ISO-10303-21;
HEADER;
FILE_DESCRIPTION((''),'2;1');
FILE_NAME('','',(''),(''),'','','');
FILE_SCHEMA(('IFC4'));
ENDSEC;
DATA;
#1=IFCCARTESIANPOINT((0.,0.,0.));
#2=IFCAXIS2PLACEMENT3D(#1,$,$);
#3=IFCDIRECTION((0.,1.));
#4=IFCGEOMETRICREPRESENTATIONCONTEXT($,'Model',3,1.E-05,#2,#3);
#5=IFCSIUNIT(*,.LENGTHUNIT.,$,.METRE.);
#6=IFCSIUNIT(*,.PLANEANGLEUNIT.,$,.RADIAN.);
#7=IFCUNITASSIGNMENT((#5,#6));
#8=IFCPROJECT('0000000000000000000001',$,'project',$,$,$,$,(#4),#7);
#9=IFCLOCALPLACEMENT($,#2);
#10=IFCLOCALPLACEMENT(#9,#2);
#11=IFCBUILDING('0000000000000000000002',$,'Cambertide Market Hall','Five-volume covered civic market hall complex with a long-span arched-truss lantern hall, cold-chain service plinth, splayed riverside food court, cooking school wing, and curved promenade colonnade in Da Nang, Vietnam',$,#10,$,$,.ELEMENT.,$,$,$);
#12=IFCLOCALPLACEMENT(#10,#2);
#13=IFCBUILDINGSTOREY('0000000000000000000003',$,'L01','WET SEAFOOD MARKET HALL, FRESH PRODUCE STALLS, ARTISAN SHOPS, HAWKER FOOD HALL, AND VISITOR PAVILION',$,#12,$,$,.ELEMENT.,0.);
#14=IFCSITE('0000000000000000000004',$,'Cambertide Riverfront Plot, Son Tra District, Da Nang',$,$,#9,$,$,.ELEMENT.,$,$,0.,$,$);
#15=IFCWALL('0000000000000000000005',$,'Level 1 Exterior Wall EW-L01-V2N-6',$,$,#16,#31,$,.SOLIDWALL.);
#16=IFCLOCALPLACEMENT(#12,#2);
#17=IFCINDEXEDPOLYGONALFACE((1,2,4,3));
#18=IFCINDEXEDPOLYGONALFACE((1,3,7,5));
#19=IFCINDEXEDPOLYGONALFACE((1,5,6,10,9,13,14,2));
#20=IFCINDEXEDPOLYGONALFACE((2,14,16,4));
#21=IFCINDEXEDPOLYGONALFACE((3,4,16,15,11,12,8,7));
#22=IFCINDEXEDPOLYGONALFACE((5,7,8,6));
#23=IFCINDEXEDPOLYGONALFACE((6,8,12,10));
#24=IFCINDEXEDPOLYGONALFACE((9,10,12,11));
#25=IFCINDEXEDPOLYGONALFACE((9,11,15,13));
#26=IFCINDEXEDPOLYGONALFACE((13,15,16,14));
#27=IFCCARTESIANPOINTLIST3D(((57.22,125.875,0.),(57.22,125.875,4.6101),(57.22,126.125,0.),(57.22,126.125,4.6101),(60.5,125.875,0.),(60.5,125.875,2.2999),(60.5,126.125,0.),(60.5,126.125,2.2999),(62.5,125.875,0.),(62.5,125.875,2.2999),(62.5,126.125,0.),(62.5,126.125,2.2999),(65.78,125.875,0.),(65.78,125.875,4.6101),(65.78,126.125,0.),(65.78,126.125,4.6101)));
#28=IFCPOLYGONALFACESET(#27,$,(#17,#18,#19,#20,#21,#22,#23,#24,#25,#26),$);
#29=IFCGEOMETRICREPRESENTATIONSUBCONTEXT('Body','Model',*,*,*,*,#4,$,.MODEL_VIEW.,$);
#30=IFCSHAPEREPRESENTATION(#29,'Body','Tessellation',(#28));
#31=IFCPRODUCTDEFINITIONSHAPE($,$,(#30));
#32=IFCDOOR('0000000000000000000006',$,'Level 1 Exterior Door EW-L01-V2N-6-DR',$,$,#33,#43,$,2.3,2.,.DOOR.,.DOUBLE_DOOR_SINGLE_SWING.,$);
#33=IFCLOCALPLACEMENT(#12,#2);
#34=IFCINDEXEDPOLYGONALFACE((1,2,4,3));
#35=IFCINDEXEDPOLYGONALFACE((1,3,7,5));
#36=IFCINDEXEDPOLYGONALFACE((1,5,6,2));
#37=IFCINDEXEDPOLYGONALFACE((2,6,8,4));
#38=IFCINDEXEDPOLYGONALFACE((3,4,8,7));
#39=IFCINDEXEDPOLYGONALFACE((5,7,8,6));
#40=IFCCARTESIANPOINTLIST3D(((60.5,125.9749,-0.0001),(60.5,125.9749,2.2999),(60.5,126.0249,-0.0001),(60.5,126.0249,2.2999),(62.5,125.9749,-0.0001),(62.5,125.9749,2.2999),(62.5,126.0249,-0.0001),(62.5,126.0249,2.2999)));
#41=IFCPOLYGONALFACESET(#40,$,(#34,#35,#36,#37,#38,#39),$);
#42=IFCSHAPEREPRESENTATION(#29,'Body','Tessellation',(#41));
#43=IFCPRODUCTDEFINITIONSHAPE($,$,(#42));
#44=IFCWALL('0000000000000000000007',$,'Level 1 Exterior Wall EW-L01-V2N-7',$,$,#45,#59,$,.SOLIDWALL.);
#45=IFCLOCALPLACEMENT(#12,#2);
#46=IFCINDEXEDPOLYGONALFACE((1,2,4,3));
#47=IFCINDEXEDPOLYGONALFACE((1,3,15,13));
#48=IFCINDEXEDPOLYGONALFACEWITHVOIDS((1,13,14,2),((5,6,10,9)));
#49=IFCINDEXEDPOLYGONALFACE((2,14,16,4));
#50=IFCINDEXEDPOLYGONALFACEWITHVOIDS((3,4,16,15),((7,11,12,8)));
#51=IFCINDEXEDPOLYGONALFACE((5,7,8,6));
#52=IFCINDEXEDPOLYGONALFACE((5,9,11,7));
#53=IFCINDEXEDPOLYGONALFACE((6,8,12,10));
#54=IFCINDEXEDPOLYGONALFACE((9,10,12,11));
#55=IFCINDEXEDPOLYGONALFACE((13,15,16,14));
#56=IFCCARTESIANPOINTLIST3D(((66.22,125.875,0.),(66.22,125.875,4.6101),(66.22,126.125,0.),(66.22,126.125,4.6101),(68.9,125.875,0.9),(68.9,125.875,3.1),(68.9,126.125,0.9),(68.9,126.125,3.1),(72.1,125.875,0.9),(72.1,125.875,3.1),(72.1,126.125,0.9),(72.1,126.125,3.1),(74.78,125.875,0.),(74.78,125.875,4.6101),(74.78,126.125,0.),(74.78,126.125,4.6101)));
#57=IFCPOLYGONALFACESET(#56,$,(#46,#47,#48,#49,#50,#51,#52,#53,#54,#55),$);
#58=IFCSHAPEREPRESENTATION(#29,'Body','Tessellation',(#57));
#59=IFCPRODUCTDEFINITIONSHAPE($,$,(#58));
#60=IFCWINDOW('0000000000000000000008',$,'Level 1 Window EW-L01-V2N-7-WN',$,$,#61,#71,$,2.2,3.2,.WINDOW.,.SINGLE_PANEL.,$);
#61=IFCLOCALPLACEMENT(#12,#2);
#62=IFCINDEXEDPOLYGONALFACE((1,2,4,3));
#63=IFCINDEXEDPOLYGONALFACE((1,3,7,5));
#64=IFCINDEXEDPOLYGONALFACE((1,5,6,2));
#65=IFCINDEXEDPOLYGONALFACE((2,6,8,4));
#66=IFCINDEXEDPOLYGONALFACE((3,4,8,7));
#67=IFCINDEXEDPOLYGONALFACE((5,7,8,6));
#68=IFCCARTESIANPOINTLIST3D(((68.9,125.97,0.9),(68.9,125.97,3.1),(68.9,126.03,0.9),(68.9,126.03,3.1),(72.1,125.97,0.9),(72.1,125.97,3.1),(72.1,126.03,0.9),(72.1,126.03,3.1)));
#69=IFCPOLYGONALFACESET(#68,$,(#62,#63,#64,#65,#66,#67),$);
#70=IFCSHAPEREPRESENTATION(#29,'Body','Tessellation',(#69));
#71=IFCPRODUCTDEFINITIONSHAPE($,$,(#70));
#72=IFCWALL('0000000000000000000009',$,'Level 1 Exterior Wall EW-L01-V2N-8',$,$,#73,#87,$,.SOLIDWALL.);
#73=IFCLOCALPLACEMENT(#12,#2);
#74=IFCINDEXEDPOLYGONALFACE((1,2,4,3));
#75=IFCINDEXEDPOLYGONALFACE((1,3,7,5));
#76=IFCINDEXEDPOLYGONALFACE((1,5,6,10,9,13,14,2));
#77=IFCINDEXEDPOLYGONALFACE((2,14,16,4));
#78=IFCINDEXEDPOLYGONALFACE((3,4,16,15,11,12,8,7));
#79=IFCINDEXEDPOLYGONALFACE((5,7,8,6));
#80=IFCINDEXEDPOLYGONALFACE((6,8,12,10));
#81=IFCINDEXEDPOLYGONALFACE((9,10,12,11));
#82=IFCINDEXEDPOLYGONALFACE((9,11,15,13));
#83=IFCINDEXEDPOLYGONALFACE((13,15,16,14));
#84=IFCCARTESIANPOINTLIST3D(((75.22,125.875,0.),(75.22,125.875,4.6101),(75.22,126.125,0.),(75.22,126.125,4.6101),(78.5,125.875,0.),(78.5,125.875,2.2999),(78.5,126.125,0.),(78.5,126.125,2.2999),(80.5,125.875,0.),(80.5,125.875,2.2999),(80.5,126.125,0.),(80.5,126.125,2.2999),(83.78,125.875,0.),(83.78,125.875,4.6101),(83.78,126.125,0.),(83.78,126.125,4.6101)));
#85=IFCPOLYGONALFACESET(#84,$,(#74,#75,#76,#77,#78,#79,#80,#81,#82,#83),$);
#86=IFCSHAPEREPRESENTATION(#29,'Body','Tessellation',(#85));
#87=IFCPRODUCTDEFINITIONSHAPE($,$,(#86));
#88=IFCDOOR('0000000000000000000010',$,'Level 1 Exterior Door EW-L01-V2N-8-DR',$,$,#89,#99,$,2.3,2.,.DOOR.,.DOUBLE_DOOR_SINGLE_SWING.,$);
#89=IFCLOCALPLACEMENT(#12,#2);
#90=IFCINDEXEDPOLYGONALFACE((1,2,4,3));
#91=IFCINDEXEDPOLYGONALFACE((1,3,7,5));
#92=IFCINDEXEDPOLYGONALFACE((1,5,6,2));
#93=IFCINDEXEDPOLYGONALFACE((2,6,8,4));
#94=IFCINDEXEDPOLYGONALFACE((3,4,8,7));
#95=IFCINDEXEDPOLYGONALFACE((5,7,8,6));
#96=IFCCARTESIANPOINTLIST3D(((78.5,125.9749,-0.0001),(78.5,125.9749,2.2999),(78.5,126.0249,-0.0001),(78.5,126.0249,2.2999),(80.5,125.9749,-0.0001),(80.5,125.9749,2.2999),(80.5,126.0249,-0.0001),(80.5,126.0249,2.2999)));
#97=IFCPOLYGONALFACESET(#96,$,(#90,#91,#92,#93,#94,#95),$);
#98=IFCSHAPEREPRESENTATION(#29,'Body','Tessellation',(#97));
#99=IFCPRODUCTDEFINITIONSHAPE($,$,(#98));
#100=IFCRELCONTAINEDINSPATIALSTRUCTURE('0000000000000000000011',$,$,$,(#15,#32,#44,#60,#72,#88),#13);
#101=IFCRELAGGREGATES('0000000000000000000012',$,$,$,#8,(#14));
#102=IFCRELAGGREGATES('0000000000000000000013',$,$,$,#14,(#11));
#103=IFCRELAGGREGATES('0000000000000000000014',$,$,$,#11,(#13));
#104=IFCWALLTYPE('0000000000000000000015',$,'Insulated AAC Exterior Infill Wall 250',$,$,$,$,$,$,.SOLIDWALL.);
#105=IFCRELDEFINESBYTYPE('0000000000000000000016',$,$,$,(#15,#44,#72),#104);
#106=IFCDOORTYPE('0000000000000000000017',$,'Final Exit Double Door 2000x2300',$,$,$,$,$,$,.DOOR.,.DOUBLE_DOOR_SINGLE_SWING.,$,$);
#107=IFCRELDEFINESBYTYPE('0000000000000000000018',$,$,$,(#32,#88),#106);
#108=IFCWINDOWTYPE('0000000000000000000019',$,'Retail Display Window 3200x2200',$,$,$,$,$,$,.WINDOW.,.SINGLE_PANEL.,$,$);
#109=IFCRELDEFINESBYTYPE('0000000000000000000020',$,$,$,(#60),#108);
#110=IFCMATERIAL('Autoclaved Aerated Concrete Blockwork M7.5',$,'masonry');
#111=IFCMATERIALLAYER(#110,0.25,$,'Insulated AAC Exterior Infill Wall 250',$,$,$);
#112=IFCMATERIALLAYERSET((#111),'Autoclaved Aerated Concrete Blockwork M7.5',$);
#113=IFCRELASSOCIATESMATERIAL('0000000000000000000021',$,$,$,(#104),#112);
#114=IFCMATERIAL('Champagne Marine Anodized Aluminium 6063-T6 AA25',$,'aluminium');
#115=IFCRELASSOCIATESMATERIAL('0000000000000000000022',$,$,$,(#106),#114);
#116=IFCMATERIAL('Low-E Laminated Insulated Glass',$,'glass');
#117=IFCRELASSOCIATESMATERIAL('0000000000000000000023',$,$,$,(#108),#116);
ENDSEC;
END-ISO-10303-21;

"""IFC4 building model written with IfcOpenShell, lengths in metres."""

from ifc_helpers import new_model, si_unit, direction, frame, frame_2d, origin, place, context, subcontext, project, spatial, rectangle, extrude, material, layer, layer_set, type_object, element, fill, save


model = new_model("IFC4")

# Units and contexts
model_context = context("Model", 3, precision=1e-05, world=origin(), true_north=direction((0.0, 1.0)))
body_context = subcontext(model_context, "Body", "Model", "MODEL_VIEW")
ifc_project = project(units=[si_unit("LENGTHUNIT", "METRE"), si_unit("PLANEANGLEUNIT", "RADIAN")], contexts=[model_context])

# Site, building, storey
site_placement = place(None, origin())
site = spatial("IfcSite", under=ifc_project, at=site_placement, Name="Cambertide Riverfront Plot, Son Tra District, Da Nang", CompositionType="ELEMENT", RefElevation=0.0)
building_placement = place(site_placement, origin())
building = spatial("IfcBuilding", under=site, at=building_placement, Name="Cambertide Market Hall", Description="Five-volume covered civic market hall complex with a long-span arched-truss lantern hall, cold-chain service plinth, splayed riverside food court, cooking school wing, and curved promenade colonnade in Da Nang, Vietnam", CompositionType="ELEMENT")
storey_placement = place(building_placement, origin())
storey = spatial("IfcBuildingStorey", under=building, at=storey_placement, Name="L01", Description="WET SEAFOOD MARKET HALL, FRESH PRODUCE STALLS, ARTISAN SHOPS, HAWKER FOOD HALL, AND VISITOR PAVILION", CompositionType="ELEMENT", Elevation=0.0)

# Wall, opening, door
ifc_material_1 = material(Name="Autoclaved Aerated Concrete Blockwork M7.5", Category="masonry")
ifc_layer = layer(ifc_material_1, 0.25, Name="Insulated AAC Exterior Infill Wall 250")
ifc_layer_set = layer_set([ifc_layer], Name="Autoclaved Aerated Concrete Blockwork M7.5")
wall_type = type_object("IfcWallType", Name="Insulated AAC Exterior Infill Wall 250", PredefinedType="SOLIDWALL", material=ifc_layer_set)
wall_1_placement = place(storey_placement, frame((57.22, 126.0, 0.0), z_axis=(0.0, 0.0, 1.0), x_axis=(1.0, 0.0, 0.0)))
wall_1 = element("IfcWall", 1, at=wall_1_placement, inside=storey, type_object=wall_type, Name="Level 1 Exterior Wall EW-L01-V2N-6", PredefinedType="SOLIDWALL", context=body_context, shape_type="SweptSolid", body=[
    extrude(rectangle(XDim=8.5601, YDim=0.25, at=frame_2d((4.28, 0.0))), origin(), (0.0, 0.0, 1.0), 4.6101),
])
opening_1_placement = place(wall_1_placement, frame((3.28, 0.0, 0.0)))
opening_1 = element("IfcOpeningElement", 2, at=opening_1_placement, cuts=wall_1, PredefinedType="OPENING", context=body_context, shape_type="SweptSolid", body=[
    extrude(rectangle(XDim=2.0, YDim=2.3, at=frame_2d((1.0, 1.1499))), frame((0.0, 0.135, 0.0), z_axis=(0.0, -1.0, 0.0), x_axis=(1.0, 0.0, 0.0)), (0.0, 0.0, 1.0), 0.27),
])
ifc_material_2 = material(Name="Champagne Marine Anodized Aluminium 6063-T6 AA25", Category="aluminium")
door_type = type_object("IfcDoorType", Name="Final Exit Double Door 2000x2300", OperationType="DOUBLE_DOOR_SINGLE_SWING", PredefinedType="DOOR", material=ifc_material_2)
door_1_placement = place(opening_1_placement, origin())
door_1 = element("IfcDoor", 3, at=door_1_placement, inside=storey, type_object=door_type, Name="Level 1 Exterior Door EW-L01-V2N-6-DR", OperationType="DOUBLE_DOOR_SINGLE_SWING", OverallHeight=2.3, OverallWidth=2.0, PredefinedType="DOOR", context=body_context, shape_type="SweptSolid", body=[
    extrude(rectangle(XDim=2.0, YDim=2.3, at=frame_2d((1.0, 1.1499))), frame((0.0, 0.0249, 0.0), z_axis=(0.0, -1.0, 0.0), x_axis=(1.0, 0.0, 0.0)), (0.0, 0.0, 1.0), 0.05),
])
fill(opening_1, door_1)

# Wall, opening, window
wall_2_placement = place(storey_placement, frame((66.22, 126.0, 0.0), z_axis=(0.0, 0.0, 1.0), x_axis=(1.0, 0.0, 0.0)))
wall_2 = element("IfcWall", 4, at=wall_2_placement, inside=storey, type_object=wall_type, Name="Level 1 Exterior Wall EW-L01-V2N-7", PredefinedType="SOLIDWALL", context=body_context, shape_type="SweptSolid", body=[
    extrude(rectangle(XDim=8.5601, YDim=0.25, at=frame_2d((4.28, 0.0))), origin(), (0.0, 0.0, 1.0), 4.6101),
])
opening_2_placement = place(wall_2_placement, frame((2.6799, 0.0, 0.8999)))
opening_2 = element("IfcOpeningElement", 5, at=opening_2_placement, cuts=wall_2, PredefinedType="OPENING", context=body_context, shape_type="SweptSolid", body=[
    extrude(rectangle(XDim=3.2, YDim=2.2, at=frame_2d((1.6001, 1.1001))), frame((0.0, 0.135, 0.0), z_axis=(0.0, -1.0, 0.0), x_axis=(1.0, 0.0, 0.0)), (0.0, 0.0, 1.0), 0.27),
])
ifc_material_3 = material(Name="Low-E Laminated Insulated Glass", Category="glass")
window_type = type_object("IfcWindowType", Name="Retail Display Window 3200x2200", PartitioningType="SINGLE_PANEL", PredefinedType="WINDOW", material=ifc_material_3)
window_placement = place(opening_2_placement, origin())
window = element("IfcWindow", 6, at=window_placement, inside=storey, type_object=window_type, Name="Level 1 Window EW-L01-V2N-7-WN", OverallHeight=2.2, OverallWidth=3.2, PartitioningType="SINGLE_PANEL", PredefinedType="WINDOW", context=body_context, shape_type="SweptSolid", body=[
    extrude(rectangle(XDim=3.2, YDim=2.2, at=frame_2d((1.6001, 1.1001))), frame((0.0, 0.03, 0.0), z_axis=(0.0, -1.0, 0.0), x_axis=(1.0, 0.0, 0.0)), (0.0, 0.0, 1.0), 0.0601),
])
fill(opening_2, window)

# Wall, opening, door
wall_3_placement = place(storey_placement, frame((75.22, 126.0, 0.0), z_axis=(0.0, 0.0, 1.0), x_axis=(1.0, 0.0, 0.0)))
wall_3 = element("IfcWall", 7, at=wall_3_placement, inside=storey, type_object=wall_type, Name="Level 1 Exterior Wall EW-L01-V2N-8", PredefinedType="SOLIDWALL", context=body_context, shape_type="SweptSolid", body=[
    extrude(rectangle(XDim=8.5601, YDim=0.25, at=frame_2d((4.28, 0.0))), origin(), (0.0, 0.0, 1.0), 4.6101),
])
opening_3_placement = place(wall_3_placement, frame((3.28, 0.0, 0.0)))
opening_3 = element("IfcOpeningElement", 8, at=opening_3_placement, cuts=wall_3, PredefinedType="OPENING", context=body_context, shape_type="SweptSolid", body=[
    extrude(rectangle(XDim=2.0, YDim=2.3, at=frame_2d((1.0, 1.1499))), frame((0.0, 0.135, 0.0), z_axis=(0.0, -1.0, 0.0), x_axis=(1.0, 0.0, 0.0)), (0.0, 0.0, 1.0), 0.27),
])
door_2_placement = place(opening_3_placement, origin())
door_2 = element("IfcDoor", 9, at=door_2_placement, inside=storey, type_object=door_type, Name="Level 1 Exterior Door EW-L01-V2N-8-DR", OperationType="DOUBLE_DOOR_SINGLE_SWING", OverallHeight=2.3, OverallWidth=2.0, PredefinedType="DOOR", context=body_context, shape_type="SweptSolid", body=[
    extrude(rectangle(XDim=2.0, YDim=2.3, at=frame_2d((1.0, 1.1499))), frame((0.0, 0.0249, 0.0), z_axis=(0.0, -1.0, 0.0), x_axis=(1.0, 0.0, 0.0)), (0.0, 0.0, 1.0), 0.05),
])
fill(opening_3, door_2)

save(model, "model.ifc")
